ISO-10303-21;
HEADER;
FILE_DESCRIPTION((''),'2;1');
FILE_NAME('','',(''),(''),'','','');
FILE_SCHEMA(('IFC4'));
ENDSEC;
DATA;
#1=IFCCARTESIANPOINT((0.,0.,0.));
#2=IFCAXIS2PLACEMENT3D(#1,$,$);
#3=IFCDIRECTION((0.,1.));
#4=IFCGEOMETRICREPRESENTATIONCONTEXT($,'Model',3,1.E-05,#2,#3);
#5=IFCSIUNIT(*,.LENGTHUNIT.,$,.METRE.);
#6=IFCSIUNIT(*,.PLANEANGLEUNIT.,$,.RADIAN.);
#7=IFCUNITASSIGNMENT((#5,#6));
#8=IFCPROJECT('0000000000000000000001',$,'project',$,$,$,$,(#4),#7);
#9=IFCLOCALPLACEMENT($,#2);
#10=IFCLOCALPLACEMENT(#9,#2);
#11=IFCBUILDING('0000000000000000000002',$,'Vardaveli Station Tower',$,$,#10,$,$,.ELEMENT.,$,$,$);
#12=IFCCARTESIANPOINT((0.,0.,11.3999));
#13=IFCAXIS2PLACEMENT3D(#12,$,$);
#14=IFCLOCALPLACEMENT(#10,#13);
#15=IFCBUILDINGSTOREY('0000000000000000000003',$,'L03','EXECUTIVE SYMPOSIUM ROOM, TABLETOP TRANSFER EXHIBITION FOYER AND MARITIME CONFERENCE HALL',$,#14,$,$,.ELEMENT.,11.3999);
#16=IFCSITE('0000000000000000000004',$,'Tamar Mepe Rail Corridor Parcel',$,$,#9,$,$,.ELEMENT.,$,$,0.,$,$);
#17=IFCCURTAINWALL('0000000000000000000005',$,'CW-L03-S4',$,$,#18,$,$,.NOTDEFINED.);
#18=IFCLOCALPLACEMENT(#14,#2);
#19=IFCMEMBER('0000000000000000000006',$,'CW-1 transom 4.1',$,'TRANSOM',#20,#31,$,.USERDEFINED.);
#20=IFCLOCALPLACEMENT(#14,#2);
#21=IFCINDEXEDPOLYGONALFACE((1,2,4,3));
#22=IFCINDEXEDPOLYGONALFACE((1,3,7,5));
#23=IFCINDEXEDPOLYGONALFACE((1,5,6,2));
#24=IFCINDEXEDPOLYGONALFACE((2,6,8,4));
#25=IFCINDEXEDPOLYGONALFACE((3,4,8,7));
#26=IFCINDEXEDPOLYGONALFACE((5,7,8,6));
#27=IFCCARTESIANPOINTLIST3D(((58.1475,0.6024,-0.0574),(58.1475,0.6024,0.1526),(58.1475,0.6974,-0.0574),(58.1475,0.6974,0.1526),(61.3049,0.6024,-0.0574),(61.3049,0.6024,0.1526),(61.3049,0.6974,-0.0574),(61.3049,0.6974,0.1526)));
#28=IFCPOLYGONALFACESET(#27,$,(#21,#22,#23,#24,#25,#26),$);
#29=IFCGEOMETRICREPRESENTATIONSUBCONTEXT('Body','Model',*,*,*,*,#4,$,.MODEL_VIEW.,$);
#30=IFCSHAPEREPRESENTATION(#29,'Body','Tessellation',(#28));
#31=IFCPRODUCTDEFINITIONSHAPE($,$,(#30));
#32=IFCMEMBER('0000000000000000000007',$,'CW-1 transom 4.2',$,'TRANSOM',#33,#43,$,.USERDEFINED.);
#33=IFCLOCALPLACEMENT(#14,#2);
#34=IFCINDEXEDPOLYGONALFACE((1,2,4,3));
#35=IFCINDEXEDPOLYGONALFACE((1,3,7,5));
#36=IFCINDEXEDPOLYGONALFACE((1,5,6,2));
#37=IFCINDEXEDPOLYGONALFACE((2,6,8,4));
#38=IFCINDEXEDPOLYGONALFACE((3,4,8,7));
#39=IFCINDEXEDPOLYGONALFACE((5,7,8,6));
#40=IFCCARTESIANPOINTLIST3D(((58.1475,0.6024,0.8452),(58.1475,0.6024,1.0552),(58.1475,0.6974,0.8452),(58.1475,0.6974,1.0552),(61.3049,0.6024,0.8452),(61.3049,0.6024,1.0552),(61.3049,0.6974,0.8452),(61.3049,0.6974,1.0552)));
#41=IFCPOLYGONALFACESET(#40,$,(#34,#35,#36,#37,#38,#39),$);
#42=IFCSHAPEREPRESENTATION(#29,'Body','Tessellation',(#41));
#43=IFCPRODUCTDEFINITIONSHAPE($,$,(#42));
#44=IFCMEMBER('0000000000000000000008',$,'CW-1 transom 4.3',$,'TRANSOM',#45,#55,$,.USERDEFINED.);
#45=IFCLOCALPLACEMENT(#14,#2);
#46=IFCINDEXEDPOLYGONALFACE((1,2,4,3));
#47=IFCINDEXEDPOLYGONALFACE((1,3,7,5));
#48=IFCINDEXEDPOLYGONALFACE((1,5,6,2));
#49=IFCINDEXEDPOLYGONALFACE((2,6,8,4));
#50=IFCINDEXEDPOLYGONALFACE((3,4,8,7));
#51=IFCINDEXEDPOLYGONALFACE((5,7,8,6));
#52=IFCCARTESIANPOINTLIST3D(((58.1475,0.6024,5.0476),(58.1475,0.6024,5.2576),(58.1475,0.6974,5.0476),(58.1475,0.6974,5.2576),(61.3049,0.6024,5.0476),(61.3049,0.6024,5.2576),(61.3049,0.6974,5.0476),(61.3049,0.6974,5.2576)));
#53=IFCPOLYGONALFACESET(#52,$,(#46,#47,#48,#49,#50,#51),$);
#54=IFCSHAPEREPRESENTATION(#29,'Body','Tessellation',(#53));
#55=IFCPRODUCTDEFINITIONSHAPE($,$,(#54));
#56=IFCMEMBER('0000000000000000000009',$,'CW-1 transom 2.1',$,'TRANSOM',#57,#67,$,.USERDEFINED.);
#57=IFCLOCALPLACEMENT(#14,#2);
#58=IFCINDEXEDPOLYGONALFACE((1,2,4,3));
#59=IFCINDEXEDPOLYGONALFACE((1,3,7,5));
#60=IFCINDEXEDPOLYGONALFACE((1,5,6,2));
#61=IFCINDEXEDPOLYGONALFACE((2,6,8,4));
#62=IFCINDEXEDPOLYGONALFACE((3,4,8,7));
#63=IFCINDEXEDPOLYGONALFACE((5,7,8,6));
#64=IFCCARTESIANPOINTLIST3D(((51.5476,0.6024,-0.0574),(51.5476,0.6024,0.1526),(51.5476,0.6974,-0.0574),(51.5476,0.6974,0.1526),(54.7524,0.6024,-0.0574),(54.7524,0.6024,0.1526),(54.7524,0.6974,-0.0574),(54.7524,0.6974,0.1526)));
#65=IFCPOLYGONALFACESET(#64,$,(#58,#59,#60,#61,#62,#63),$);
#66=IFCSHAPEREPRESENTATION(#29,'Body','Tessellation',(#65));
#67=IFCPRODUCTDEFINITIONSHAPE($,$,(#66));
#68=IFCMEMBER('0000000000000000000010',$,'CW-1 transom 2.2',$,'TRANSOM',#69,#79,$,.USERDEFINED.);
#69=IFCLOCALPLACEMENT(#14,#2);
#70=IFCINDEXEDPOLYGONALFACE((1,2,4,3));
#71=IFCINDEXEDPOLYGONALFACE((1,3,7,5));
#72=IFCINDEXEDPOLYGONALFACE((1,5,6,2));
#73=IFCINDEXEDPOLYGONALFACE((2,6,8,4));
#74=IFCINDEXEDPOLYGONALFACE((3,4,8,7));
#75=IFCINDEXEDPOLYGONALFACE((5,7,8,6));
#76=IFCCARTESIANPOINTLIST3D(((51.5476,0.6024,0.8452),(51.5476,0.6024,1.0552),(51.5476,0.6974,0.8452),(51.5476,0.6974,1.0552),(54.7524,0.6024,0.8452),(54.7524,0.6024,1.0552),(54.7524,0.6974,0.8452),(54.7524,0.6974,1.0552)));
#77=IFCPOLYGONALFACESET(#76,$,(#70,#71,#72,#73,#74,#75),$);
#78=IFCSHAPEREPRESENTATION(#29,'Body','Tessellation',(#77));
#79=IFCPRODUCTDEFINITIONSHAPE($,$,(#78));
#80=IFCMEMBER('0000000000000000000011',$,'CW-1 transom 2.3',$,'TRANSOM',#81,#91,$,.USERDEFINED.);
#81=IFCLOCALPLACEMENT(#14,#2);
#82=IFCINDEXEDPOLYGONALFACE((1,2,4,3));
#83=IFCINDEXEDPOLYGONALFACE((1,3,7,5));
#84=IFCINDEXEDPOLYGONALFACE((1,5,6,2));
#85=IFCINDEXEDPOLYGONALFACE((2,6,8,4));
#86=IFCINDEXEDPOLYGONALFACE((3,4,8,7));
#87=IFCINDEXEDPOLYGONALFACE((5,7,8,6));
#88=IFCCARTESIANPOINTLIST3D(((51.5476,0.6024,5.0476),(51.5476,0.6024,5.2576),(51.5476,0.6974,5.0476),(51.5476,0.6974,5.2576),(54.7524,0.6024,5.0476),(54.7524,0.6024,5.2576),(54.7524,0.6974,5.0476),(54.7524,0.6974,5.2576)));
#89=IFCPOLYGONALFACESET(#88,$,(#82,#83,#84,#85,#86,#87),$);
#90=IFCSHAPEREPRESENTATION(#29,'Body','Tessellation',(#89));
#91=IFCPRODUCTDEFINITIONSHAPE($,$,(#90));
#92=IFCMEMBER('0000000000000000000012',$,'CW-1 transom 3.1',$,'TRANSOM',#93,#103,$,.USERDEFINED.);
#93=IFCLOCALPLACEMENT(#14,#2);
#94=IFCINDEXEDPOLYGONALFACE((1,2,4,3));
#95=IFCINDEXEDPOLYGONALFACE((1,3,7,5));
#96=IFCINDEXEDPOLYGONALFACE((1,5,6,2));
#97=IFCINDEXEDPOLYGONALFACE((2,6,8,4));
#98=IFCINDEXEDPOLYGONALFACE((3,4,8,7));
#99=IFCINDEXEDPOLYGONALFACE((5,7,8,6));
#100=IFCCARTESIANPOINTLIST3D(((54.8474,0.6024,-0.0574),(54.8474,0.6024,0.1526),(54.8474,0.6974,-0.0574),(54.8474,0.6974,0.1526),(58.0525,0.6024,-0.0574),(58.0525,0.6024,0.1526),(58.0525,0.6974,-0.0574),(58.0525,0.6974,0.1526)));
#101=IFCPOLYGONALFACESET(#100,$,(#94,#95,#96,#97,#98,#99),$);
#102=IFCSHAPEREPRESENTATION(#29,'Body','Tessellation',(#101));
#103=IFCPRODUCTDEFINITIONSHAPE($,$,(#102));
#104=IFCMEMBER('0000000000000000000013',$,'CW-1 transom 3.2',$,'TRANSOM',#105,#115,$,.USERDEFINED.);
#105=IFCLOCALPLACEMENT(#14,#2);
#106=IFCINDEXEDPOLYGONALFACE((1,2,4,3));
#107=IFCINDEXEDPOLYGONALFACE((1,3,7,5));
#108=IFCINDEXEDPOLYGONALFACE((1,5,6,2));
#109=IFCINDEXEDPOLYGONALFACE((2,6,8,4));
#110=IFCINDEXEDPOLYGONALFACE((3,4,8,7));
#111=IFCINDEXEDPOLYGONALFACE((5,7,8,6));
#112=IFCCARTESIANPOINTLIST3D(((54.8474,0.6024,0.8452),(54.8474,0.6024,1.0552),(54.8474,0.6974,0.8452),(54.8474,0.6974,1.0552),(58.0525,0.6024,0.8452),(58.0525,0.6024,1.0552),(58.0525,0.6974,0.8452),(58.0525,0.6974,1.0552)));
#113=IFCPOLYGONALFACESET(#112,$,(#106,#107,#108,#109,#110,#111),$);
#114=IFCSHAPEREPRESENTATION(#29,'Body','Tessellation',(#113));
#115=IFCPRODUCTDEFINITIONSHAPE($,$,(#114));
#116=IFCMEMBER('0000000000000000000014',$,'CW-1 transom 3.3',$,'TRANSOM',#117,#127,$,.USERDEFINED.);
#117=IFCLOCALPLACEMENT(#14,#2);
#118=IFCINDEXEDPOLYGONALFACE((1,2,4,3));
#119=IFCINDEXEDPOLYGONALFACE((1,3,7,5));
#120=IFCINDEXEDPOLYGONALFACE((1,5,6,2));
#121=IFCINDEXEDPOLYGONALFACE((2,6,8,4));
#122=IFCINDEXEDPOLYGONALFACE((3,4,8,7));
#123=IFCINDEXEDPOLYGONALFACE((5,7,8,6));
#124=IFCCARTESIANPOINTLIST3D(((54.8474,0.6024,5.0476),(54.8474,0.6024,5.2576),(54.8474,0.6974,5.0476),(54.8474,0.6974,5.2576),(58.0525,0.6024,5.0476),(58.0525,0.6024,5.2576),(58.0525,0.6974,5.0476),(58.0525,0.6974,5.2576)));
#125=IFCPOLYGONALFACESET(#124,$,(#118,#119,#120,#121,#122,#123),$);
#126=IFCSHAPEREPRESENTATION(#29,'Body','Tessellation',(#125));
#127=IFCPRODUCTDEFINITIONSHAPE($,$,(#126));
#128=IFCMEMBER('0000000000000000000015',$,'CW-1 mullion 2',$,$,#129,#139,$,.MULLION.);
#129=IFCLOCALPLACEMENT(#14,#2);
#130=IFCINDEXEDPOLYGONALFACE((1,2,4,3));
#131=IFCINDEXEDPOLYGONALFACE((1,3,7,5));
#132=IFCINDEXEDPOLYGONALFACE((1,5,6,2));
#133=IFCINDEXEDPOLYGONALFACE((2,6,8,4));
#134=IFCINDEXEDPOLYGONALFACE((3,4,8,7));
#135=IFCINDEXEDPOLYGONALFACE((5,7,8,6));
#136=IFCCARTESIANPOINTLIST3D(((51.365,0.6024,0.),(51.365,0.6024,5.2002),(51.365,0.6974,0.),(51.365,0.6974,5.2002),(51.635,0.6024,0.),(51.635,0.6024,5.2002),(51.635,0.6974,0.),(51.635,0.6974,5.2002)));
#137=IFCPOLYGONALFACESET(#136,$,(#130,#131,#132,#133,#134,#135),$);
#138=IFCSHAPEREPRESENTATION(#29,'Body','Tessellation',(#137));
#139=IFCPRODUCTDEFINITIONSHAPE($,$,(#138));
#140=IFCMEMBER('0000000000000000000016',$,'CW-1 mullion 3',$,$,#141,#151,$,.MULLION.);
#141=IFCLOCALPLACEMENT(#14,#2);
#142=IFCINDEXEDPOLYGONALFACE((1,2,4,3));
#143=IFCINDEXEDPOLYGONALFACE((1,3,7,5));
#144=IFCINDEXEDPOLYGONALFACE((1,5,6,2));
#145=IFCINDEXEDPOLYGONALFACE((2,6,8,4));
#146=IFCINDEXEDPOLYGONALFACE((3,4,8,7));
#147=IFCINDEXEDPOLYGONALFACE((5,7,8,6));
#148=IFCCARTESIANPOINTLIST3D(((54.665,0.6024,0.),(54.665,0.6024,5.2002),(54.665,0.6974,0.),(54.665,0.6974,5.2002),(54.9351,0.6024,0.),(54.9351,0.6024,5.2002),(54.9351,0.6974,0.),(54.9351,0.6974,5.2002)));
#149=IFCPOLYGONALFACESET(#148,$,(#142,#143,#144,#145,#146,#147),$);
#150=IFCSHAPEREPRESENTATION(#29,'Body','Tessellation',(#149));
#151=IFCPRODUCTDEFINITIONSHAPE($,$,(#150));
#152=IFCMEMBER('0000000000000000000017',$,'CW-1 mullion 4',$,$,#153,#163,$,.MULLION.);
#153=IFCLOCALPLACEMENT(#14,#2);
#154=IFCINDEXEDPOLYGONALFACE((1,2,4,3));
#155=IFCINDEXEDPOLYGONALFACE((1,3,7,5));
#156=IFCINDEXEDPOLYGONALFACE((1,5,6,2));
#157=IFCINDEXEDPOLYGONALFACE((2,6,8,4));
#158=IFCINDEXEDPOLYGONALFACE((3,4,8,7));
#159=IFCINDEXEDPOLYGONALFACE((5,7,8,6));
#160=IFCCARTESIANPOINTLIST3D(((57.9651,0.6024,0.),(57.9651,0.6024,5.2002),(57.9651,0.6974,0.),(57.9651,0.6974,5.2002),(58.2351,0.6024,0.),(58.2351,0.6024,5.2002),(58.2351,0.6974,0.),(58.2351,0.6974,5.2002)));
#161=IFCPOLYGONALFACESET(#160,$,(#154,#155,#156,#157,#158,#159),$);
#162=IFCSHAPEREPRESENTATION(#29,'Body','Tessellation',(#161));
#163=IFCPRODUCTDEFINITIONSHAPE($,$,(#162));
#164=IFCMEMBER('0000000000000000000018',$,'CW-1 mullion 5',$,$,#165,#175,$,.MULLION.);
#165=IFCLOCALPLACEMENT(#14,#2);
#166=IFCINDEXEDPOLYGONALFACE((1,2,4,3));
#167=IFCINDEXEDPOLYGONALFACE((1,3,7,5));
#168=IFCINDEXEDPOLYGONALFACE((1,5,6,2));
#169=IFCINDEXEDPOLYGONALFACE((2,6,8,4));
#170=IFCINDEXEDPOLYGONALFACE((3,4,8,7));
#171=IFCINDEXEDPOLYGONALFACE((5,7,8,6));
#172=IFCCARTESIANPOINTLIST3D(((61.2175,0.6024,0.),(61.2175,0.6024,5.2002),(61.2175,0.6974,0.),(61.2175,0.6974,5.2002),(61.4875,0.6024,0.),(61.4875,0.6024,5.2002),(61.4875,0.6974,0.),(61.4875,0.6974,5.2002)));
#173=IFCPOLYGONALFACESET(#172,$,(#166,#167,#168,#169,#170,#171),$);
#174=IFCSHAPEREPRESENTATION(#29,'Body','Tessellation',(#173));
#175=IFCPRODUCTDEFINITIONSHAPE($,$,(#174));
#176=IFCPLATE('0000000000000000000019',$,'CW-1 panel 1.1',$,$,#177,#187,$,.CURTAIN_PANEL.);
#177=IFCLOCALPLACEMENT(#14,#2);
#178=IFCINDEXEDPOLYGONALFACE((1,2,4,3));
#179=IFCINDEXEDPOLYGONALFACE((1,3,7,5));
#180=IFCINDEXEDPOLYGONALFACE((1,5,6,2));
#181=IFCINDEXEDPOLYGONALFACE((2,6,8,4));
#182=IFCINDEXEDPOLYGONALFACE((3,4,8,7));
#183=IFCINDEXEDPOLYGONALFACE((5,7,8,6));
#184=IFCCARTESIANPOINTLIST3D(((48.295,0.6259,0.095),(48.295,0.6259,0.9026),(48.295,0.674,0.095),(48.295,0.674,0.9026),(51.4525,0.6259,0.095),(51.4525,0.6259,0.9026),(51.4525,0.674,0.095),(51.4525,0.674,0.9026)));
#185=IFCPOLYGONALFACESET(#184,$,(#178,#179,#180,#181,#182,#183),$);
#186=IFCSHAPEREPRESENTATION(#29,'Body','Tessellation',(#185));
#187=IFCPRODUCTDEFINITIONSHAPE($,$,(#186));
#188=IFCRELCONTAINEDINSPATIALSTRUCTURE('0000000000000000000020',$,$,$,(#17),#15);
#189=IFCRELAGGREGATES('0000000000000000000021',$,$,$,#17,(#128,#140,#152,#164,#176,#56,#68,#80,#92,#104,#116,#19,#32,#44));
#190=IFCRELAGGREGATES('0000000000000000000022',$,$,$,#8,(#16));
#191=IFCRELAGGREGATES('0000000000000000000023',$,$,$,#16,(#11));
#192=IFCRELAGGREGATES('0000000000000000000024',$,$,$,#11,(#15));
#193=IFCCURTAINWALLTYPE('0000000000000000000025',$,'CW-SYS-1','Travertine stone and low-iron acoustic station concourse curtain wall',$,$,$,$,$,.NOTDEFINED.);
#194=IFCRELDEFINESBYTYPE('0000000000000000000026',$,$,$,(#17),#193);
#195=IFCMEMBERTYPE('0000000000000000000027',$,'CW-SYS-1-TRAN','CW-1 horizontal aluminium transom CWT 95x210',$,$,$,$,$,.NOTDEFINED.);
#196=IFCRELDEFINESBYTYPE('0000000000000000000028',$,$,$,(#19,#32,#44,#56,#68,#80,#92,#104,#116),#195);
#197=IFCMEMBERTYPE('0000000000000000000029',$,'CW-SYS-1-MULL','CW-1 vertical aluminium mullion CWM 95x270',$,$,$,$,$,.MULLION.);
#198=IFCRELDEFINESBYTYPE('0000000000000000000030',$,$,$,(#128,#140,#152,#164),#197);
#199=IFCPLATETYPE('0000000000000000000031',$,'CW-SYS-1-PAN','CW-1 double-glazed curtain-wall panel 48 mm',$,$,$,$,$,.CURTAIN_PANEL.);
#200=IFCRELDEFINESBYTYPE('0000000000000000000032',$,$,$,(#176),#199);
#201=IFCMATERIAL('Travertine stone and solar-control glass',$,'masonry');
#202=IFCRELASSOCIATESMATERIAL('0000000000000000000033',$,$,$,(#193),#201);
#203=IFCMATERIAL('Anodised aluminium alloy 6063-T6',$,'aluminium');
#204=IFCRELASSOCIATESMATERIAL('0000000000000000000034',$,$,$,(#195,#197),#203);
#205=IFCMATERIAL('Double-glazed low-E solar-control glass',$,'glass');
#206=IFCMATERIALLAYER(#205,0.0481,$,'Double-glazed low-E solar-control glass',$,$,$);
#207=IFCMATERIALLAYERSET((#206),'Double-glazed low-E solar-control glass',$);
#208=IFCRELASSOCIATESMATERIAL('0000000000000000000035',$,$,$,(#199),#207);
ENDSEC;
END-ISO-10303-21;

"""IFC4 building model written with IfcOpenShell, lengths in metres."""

from ifc_helpers import new_model, si_unit, direction, frame, origin, origin_2d, place, context, subcontext, project, spatial, rectangle, extrude, source, transform, mapped, material, layer, layer_set, material_profile, profile_set, type_object, element, aggregate, save


model = new_model("IFC4")

# Units and contexts
model_context = context("Model", 3, precision=1e-05, world=origin(), true_north=direction((0.0, 1.0)))
body_context = subcontext(model_context, "Body", "Model", "MODEL_VIEW")
ifc_project = project(units=[si_unit("LENGTHUNIT", "METRE"), si_unit("PLANEANGLEUNIT", "RADIAN")], contexts=[model_context])

# Site, building, storey
site_placement = place(None, origin())
site = spatial("IfcSite", under=ifc_project, at=site_placement, Name="Tamar Mepe Rail Corridor Parcel", CompositionType="ELEMENT", RefElevation=0.0)
building_placement = place(site_placement, origin())
building = spatial("IfcBuilding", under=site, at=building_placement, Name="Vardaveli Station Tower", CompositionType="ELEMENT")
storey_placement = place(building_placement, frame((0.0, 0.0, 11.3999)))
storey = spatial("IfcBuildingStorey", under=building, at=storey_placement, Name="L03", Description="EXECUTIVE SYMPOSIUM ROOM, TABLETOP TRANSFER EXHIBITION FOYER AND MARITIME CONFERENCE HALL", CompositionType="ELEMENT", Elevation=11.3999)

# Curtain wall, members, plate
ifc_material_1 = material(Name="Travertine stone and solar-control glass", Category="masonry")
curtain_wall_type = type_object("IfcCurtainWallType", Name="CW-SYS-1", Description="Travertine stone and low-iron acoustic station concourse curtain wall", PredefinedType="NOTDEFINED", material=ifc_material_1)
curtain_wall_placement = place(storey_placement, origin())
curtain_wall = element("IfcCurtainWall", 1, at=curtain_wall_placement, inside=storey, type_object=curtain_wall_type, Name="CW-L03-S4", PredefinedType="NOTDEFINED")
ifc_material_2 = material(Name="Anodised aluminium alloy 6063-T6", Category="aluminium")
ifc_material_profile_1 = material_profile(ifc_material_2, rectangle(XDim=0.095, YDim=0.21, at=origin_2d()), Name="CWT 95x210")
ifc_profile_set_1 = profile_set([ifc_material_profile_1], Name="Anodised aluminium alloy 6063-T6")
member_type_1 = type_object("IfcMemberType", Name="CW-SYS-1-TRAN", Description="CW-1 horizontal aluminium transom CWT 95x210", PredefinedType="NOTDEFINED", material=ifc_profile_set_1)
shared_shape_1 = source(origin(), body_context, "Body", "SweptSolid", [
    extrude(rectangle(XDim=0.095, YDim=0.21, at=origin_2d()), origin(), (0.0, 0.0, 1.0), 3.1575),
])
member_1_placement = place(storey_placement, frame((58.1475, 0.6499, 0.0476), z_axis=(1.0, 0.0, 0.0), x_axis=(0.0, 1.0, 0.0)))
member_1 = element("IfcMember", 2, at=member_1_placement, type_object=member_type_1, Name="CW-1 transom 4.1", ObjectType="TRANSOM", PredefinedType="USERDEFINED", context=body_context, shape_type="MappedRepresentation", body=[
    mapped(shared_shape_1, transform((0.0, 0.0, 0.0), scale=1.0)),
])
member_2_placement = place(storey_placement, frame((58.1475, 0.6499, 0.9502), z_axis=(1.0, 0.0, 0.0), x_axis=(0.0, 1.0, 0.0)))
member_2 = element("IfcMember", 3, at=member_2_placement, type_object=member_type_1, Name="CW-1 transom 4.2", ObjectType="TRANSOM", PredefinedType="USERDEFINED", context=body_context, shape_type="MappedRepresentation", body=[
    mapped(shared_shape_1, transform((0.0, 0.0, 0.0), scale=1.0)),
])
member_3_placement = place(storey_placement, frame((58.1475, 0.6499, 5.1526), z_axis=(1.0, 0.0, 0.0), x_axis=(0.0, 1.0, 0.0)))
member_3 = element("IfcMember", 4, at=member_3_placement, type_object=member_type_1, Name="CW-1 transom 4.3", ObjectType="TRANSOM", PredefinedType="USERDEFINED", context=body_context, shape_type="MappedRepresentation", body=[
    mapped(shared_shape_1, transform((0.0, 0.0, 0.0), scale=1.0)),
])
shared_shape_2 = source(origin(), body_context, "Body", "SweptSolid", [
    extrude(rectangle(XDim=0.095, YDim=0.21, at=origin_2d()), origin(), (0.0, 0.0, 1.0), 3.2048),
])
member_4_placement = place(storey_placement, frame((51.5476, 0.6499, 0.0476), z_axis=(1.0, 0.0, 0.0), x_axis=(0.0, 1.0, 0.0)))
member_4 = element("IfcMember", 5, at=member_4_placement, type_object=member_type_1, Name="CW-1 transom 2.1", ObjectType="TRANSOM", PredefinedType="USERDEFINED", context=body_context, shape_type="MappedRepresentation", body=[
    mapped(shared_shape_2, transform((0.0, 0.0, 0.0), scale=1.0)),
])
member_5_placement = place(storey_placement, frame((51.5476, 0.6499, 0.9502), z_axis=(1.0, 0.0, 0.0), x_axis=(0.0, 1.0, 0.0)))
member_5 = element("IfcMember", 6, at=member_5_placement, type_object=member_type_1, Name="CW-1 transom 2.2", ObjectType="TRANSOM", PredefinedType="USERDEFINED", context=body_context, shape_type="MappedRepresentation", body=[
    mapped(shared_shape_2, transform((0.0, 0.0, 0.0), scale=1.0)),
])
member_6_placement = place(storey_placement, frame((51.5476, 0.6499, 5.1526), z_axis=(1.0, 0.0, 0.0), x_axis=(0.0, 1.0, 0.0)))
member_6 = element("IfcMember", 7, at=member_6_placement, type_object=member_type_1, Name="CW-1 transom 2.3", ObjectType="TRANSOM", PredefinedType="USERDEFINED", context=body_context, shape_type="MappedRepresentation", body=[
    mapped(shared_shape_2, transform((0.0, 0.0, 0.0), scale=1.0)),
])
shared_shape_3 = source(origin(), body_context, "Body", "SweptSolid", [
    extrude(rectangle(XDim=0.095, YDim=0.21, at=origin_2d()), origin(), (0.0, 0.0, 1.0), 3.2051),
])
member_7_placement = place(storey_placement, frame((54.8474, 0.6499, 0.0476), z_axis=(1.0, 0.0, 0.0), x_axis=(0.0, 1.0, 0.0)))
member_7 = element("IfcMember", 8, at=member_7_placement, type_object=member_type_1, Name="CW-1 transom 3.1", ObjectType="TRANSOM", PredefinedType="USERDEFINED", context=body_context, shape_type="MappedRepresentation", body=[
    mapped(shared_shape_3, transform((0.0, 0.0, 0.0), scale=1.0)),
])
member_8_placement = place(storey_placement, frame((54.8474, 0.6499, 0.9502), z_axis=(1.0, 0.0, 0.0), x_axis=(0.0, 1.0, 0.0)))
member_8 = element("IfcMember", 9, at=member_8_placement, type_object=member_type_1, Name="CW-1 transom 3.2", ObjectType="TRANSOM", PredefinedType="USERDEFINED", context=body_context, shape_type="MappedRepresentation", body=[
    mapped(shared_shape_3, transform((0.0, 0.0, 0.0), scale=1.0)),
])
member_9_placement = place(storey_placement, frame((54.8474, 0.6499, 5.1526), z_axis=(1.0, 0.0, 0.0), x_axis=(0.0, 1.0, 0.0)))
member_9 = element("IfcMember", 10, at=member_9_placement, type_object=member_type_1, Name="CW-1 transom 3.3", ObjectType="TRANSOM", PredefinedType="USERDEFINED", context=body_context, shape_type="MappedRepresentation", body=[
    mapped(shared_shape_3, transform((0.0, 0.0, 0.0), scale=1.0)),
])
ifc_material_profile_2 = material_profile(ifc_material_2, rectangle(XDim=0.095, YDim=0.27, at=origin_2d()), Name="CWM 95x270")
ifc_profile_set_2 = profile_set([ifc_material_profile_2], Name="Anodised aluminium alloy 6063-T6")
member_type_2 = type_object("IfcMemberType", Name="CW-SYS-1-MULL", Description="CW-1 vertical aluminium mullion CWM 95x270", PredefinedType="MULLION", material=ifc_profile_set_2)
shared_shape_4 = source(origin(), body_context, "Body", "SweptSolid", [
    extrude(rectangle(XDim=0.095, YDim=0.27, at=origin_2d()), origin(), (0.0, 0.0, 1.0), 5.2002),
])
member_10_placement = place(storey_placement, frame((51.5, 0.6499, 0.0), z_axis=(0.0, 0.0, 1.0), x_axis=(0.0, 1.0, 0.0)))
member_10 = element("IfcMember", 11, at=member_10_placement, type_object=member_type_2, Name="CW-1 mullion 2", PredefinedType="MULLION", context=body_context, shape_type="MappedRepresentation", body=[
    mapped(shared_shape_4, transform((0.0, 0.0, 0.0), scale=1.0)),
])
member_11_placement = place(storey_placement, frame((54.8, 0.6499, 0.0), z_axis=(0.0, 0.0, 1.0), x_axis=(0.0, 1.0, 0.0)))
member_11 = element("IfcMember", 12, at=member_11_placement, type_object=member_type_2, Name="CW-1 mullion 3", PredefinedType="MULLION", context=body_context, shape_type="MappedRepresentation", body=[
    mapped(shared_shape_4, transform((0.0, 0.0, 0.0), scale=1.0)),
])
member_12_placement = place(storey_placement, frame((58.1001, 0.6499, 0.0), z_axis=(0.0, 0.0, 1.0), x_axis=(0.0, 1.0, 0.0)))
member_12 = element("IfcMember", 13, at=member_12_placement, type_object=member_type_2, Name="CW-1 mullion 4", PredefinedType="MULLION", context=body_context, shape_type="MappedRepresentation", body=[
    mapped(shared_shape_4, transform((0.0, 0.0, 0.0), scale=1.0)),
])
member_13_placement = place(storey_placement, frame((61.3525, 0.6499, 0.0), z_axis=(0.0, 0.0, 1.0), x_axis=(0.0, 1.0, 0.0)))
member_13 = element("IfcMember", 14, at=member_13_placement, type_object=member_type_2, Name="CW-1 mullion 5", PredefinedType="MULLION", context=body_context, shape_type="MappedRepresentation", body=[
    mapped(shared_shape_4, transform((0.0, 0.0, 0.0), scale=1.0)),
])
ifc_material_3 = material(Name="Double-glazed low-E solar-control glass", Category="glass")
ifc_layer_1 = layer(ifc_material_3, 0.0481, Name="Double-glazed low-E solar-control glass")
ifc_layer_set_1 = layer_set([ifc_layer_1], Name="Double-glazed low-E solar-control glass")
plate_type = type_object("IfcPlateType", Name="CW-SYS-1-PAN", Description="CW-1 double-glazed curtain-wall panel 48 mm", PredefinedType="CURTAIN_PANEL", material=ifc_layer_set_1)
shared_shape_5 = source(origin(), body_context, "Body", "SweptSolid", [
    extrude(rectangle(XDim=3.1575, YDim=0.0481, at=origin_2d()), origin(), (0.0, 0.0, 1.0), 0.8076),
])
plate_1_placement = place(storey_placement, frame((49.8738, 0.6499, 0.095), z_axis=(0.0, 0.0, 1.0), x_axis=(1.0, 0.0, 0.0)))
plate_1 = element("IfcPlate", 15, at=plate_1_placement, type_object=plate_type, Name="CW-1 panel 1.1", PredefinedType="CURTAIN_PANEL", context=body_context, shape_type="MappedRepresentation", body=[
    mapped(shared_shape_5, transform((0.0, 0.0, 0.0), scale=1.0)),
])
aggregate(curtain_wall, [member_10, member_11, member_12, member_13, plate_1, member_4, member_5, member_6, member_7, member_8, member_9, member_1, member_2, member_3])

save(model, "model.ifc")
